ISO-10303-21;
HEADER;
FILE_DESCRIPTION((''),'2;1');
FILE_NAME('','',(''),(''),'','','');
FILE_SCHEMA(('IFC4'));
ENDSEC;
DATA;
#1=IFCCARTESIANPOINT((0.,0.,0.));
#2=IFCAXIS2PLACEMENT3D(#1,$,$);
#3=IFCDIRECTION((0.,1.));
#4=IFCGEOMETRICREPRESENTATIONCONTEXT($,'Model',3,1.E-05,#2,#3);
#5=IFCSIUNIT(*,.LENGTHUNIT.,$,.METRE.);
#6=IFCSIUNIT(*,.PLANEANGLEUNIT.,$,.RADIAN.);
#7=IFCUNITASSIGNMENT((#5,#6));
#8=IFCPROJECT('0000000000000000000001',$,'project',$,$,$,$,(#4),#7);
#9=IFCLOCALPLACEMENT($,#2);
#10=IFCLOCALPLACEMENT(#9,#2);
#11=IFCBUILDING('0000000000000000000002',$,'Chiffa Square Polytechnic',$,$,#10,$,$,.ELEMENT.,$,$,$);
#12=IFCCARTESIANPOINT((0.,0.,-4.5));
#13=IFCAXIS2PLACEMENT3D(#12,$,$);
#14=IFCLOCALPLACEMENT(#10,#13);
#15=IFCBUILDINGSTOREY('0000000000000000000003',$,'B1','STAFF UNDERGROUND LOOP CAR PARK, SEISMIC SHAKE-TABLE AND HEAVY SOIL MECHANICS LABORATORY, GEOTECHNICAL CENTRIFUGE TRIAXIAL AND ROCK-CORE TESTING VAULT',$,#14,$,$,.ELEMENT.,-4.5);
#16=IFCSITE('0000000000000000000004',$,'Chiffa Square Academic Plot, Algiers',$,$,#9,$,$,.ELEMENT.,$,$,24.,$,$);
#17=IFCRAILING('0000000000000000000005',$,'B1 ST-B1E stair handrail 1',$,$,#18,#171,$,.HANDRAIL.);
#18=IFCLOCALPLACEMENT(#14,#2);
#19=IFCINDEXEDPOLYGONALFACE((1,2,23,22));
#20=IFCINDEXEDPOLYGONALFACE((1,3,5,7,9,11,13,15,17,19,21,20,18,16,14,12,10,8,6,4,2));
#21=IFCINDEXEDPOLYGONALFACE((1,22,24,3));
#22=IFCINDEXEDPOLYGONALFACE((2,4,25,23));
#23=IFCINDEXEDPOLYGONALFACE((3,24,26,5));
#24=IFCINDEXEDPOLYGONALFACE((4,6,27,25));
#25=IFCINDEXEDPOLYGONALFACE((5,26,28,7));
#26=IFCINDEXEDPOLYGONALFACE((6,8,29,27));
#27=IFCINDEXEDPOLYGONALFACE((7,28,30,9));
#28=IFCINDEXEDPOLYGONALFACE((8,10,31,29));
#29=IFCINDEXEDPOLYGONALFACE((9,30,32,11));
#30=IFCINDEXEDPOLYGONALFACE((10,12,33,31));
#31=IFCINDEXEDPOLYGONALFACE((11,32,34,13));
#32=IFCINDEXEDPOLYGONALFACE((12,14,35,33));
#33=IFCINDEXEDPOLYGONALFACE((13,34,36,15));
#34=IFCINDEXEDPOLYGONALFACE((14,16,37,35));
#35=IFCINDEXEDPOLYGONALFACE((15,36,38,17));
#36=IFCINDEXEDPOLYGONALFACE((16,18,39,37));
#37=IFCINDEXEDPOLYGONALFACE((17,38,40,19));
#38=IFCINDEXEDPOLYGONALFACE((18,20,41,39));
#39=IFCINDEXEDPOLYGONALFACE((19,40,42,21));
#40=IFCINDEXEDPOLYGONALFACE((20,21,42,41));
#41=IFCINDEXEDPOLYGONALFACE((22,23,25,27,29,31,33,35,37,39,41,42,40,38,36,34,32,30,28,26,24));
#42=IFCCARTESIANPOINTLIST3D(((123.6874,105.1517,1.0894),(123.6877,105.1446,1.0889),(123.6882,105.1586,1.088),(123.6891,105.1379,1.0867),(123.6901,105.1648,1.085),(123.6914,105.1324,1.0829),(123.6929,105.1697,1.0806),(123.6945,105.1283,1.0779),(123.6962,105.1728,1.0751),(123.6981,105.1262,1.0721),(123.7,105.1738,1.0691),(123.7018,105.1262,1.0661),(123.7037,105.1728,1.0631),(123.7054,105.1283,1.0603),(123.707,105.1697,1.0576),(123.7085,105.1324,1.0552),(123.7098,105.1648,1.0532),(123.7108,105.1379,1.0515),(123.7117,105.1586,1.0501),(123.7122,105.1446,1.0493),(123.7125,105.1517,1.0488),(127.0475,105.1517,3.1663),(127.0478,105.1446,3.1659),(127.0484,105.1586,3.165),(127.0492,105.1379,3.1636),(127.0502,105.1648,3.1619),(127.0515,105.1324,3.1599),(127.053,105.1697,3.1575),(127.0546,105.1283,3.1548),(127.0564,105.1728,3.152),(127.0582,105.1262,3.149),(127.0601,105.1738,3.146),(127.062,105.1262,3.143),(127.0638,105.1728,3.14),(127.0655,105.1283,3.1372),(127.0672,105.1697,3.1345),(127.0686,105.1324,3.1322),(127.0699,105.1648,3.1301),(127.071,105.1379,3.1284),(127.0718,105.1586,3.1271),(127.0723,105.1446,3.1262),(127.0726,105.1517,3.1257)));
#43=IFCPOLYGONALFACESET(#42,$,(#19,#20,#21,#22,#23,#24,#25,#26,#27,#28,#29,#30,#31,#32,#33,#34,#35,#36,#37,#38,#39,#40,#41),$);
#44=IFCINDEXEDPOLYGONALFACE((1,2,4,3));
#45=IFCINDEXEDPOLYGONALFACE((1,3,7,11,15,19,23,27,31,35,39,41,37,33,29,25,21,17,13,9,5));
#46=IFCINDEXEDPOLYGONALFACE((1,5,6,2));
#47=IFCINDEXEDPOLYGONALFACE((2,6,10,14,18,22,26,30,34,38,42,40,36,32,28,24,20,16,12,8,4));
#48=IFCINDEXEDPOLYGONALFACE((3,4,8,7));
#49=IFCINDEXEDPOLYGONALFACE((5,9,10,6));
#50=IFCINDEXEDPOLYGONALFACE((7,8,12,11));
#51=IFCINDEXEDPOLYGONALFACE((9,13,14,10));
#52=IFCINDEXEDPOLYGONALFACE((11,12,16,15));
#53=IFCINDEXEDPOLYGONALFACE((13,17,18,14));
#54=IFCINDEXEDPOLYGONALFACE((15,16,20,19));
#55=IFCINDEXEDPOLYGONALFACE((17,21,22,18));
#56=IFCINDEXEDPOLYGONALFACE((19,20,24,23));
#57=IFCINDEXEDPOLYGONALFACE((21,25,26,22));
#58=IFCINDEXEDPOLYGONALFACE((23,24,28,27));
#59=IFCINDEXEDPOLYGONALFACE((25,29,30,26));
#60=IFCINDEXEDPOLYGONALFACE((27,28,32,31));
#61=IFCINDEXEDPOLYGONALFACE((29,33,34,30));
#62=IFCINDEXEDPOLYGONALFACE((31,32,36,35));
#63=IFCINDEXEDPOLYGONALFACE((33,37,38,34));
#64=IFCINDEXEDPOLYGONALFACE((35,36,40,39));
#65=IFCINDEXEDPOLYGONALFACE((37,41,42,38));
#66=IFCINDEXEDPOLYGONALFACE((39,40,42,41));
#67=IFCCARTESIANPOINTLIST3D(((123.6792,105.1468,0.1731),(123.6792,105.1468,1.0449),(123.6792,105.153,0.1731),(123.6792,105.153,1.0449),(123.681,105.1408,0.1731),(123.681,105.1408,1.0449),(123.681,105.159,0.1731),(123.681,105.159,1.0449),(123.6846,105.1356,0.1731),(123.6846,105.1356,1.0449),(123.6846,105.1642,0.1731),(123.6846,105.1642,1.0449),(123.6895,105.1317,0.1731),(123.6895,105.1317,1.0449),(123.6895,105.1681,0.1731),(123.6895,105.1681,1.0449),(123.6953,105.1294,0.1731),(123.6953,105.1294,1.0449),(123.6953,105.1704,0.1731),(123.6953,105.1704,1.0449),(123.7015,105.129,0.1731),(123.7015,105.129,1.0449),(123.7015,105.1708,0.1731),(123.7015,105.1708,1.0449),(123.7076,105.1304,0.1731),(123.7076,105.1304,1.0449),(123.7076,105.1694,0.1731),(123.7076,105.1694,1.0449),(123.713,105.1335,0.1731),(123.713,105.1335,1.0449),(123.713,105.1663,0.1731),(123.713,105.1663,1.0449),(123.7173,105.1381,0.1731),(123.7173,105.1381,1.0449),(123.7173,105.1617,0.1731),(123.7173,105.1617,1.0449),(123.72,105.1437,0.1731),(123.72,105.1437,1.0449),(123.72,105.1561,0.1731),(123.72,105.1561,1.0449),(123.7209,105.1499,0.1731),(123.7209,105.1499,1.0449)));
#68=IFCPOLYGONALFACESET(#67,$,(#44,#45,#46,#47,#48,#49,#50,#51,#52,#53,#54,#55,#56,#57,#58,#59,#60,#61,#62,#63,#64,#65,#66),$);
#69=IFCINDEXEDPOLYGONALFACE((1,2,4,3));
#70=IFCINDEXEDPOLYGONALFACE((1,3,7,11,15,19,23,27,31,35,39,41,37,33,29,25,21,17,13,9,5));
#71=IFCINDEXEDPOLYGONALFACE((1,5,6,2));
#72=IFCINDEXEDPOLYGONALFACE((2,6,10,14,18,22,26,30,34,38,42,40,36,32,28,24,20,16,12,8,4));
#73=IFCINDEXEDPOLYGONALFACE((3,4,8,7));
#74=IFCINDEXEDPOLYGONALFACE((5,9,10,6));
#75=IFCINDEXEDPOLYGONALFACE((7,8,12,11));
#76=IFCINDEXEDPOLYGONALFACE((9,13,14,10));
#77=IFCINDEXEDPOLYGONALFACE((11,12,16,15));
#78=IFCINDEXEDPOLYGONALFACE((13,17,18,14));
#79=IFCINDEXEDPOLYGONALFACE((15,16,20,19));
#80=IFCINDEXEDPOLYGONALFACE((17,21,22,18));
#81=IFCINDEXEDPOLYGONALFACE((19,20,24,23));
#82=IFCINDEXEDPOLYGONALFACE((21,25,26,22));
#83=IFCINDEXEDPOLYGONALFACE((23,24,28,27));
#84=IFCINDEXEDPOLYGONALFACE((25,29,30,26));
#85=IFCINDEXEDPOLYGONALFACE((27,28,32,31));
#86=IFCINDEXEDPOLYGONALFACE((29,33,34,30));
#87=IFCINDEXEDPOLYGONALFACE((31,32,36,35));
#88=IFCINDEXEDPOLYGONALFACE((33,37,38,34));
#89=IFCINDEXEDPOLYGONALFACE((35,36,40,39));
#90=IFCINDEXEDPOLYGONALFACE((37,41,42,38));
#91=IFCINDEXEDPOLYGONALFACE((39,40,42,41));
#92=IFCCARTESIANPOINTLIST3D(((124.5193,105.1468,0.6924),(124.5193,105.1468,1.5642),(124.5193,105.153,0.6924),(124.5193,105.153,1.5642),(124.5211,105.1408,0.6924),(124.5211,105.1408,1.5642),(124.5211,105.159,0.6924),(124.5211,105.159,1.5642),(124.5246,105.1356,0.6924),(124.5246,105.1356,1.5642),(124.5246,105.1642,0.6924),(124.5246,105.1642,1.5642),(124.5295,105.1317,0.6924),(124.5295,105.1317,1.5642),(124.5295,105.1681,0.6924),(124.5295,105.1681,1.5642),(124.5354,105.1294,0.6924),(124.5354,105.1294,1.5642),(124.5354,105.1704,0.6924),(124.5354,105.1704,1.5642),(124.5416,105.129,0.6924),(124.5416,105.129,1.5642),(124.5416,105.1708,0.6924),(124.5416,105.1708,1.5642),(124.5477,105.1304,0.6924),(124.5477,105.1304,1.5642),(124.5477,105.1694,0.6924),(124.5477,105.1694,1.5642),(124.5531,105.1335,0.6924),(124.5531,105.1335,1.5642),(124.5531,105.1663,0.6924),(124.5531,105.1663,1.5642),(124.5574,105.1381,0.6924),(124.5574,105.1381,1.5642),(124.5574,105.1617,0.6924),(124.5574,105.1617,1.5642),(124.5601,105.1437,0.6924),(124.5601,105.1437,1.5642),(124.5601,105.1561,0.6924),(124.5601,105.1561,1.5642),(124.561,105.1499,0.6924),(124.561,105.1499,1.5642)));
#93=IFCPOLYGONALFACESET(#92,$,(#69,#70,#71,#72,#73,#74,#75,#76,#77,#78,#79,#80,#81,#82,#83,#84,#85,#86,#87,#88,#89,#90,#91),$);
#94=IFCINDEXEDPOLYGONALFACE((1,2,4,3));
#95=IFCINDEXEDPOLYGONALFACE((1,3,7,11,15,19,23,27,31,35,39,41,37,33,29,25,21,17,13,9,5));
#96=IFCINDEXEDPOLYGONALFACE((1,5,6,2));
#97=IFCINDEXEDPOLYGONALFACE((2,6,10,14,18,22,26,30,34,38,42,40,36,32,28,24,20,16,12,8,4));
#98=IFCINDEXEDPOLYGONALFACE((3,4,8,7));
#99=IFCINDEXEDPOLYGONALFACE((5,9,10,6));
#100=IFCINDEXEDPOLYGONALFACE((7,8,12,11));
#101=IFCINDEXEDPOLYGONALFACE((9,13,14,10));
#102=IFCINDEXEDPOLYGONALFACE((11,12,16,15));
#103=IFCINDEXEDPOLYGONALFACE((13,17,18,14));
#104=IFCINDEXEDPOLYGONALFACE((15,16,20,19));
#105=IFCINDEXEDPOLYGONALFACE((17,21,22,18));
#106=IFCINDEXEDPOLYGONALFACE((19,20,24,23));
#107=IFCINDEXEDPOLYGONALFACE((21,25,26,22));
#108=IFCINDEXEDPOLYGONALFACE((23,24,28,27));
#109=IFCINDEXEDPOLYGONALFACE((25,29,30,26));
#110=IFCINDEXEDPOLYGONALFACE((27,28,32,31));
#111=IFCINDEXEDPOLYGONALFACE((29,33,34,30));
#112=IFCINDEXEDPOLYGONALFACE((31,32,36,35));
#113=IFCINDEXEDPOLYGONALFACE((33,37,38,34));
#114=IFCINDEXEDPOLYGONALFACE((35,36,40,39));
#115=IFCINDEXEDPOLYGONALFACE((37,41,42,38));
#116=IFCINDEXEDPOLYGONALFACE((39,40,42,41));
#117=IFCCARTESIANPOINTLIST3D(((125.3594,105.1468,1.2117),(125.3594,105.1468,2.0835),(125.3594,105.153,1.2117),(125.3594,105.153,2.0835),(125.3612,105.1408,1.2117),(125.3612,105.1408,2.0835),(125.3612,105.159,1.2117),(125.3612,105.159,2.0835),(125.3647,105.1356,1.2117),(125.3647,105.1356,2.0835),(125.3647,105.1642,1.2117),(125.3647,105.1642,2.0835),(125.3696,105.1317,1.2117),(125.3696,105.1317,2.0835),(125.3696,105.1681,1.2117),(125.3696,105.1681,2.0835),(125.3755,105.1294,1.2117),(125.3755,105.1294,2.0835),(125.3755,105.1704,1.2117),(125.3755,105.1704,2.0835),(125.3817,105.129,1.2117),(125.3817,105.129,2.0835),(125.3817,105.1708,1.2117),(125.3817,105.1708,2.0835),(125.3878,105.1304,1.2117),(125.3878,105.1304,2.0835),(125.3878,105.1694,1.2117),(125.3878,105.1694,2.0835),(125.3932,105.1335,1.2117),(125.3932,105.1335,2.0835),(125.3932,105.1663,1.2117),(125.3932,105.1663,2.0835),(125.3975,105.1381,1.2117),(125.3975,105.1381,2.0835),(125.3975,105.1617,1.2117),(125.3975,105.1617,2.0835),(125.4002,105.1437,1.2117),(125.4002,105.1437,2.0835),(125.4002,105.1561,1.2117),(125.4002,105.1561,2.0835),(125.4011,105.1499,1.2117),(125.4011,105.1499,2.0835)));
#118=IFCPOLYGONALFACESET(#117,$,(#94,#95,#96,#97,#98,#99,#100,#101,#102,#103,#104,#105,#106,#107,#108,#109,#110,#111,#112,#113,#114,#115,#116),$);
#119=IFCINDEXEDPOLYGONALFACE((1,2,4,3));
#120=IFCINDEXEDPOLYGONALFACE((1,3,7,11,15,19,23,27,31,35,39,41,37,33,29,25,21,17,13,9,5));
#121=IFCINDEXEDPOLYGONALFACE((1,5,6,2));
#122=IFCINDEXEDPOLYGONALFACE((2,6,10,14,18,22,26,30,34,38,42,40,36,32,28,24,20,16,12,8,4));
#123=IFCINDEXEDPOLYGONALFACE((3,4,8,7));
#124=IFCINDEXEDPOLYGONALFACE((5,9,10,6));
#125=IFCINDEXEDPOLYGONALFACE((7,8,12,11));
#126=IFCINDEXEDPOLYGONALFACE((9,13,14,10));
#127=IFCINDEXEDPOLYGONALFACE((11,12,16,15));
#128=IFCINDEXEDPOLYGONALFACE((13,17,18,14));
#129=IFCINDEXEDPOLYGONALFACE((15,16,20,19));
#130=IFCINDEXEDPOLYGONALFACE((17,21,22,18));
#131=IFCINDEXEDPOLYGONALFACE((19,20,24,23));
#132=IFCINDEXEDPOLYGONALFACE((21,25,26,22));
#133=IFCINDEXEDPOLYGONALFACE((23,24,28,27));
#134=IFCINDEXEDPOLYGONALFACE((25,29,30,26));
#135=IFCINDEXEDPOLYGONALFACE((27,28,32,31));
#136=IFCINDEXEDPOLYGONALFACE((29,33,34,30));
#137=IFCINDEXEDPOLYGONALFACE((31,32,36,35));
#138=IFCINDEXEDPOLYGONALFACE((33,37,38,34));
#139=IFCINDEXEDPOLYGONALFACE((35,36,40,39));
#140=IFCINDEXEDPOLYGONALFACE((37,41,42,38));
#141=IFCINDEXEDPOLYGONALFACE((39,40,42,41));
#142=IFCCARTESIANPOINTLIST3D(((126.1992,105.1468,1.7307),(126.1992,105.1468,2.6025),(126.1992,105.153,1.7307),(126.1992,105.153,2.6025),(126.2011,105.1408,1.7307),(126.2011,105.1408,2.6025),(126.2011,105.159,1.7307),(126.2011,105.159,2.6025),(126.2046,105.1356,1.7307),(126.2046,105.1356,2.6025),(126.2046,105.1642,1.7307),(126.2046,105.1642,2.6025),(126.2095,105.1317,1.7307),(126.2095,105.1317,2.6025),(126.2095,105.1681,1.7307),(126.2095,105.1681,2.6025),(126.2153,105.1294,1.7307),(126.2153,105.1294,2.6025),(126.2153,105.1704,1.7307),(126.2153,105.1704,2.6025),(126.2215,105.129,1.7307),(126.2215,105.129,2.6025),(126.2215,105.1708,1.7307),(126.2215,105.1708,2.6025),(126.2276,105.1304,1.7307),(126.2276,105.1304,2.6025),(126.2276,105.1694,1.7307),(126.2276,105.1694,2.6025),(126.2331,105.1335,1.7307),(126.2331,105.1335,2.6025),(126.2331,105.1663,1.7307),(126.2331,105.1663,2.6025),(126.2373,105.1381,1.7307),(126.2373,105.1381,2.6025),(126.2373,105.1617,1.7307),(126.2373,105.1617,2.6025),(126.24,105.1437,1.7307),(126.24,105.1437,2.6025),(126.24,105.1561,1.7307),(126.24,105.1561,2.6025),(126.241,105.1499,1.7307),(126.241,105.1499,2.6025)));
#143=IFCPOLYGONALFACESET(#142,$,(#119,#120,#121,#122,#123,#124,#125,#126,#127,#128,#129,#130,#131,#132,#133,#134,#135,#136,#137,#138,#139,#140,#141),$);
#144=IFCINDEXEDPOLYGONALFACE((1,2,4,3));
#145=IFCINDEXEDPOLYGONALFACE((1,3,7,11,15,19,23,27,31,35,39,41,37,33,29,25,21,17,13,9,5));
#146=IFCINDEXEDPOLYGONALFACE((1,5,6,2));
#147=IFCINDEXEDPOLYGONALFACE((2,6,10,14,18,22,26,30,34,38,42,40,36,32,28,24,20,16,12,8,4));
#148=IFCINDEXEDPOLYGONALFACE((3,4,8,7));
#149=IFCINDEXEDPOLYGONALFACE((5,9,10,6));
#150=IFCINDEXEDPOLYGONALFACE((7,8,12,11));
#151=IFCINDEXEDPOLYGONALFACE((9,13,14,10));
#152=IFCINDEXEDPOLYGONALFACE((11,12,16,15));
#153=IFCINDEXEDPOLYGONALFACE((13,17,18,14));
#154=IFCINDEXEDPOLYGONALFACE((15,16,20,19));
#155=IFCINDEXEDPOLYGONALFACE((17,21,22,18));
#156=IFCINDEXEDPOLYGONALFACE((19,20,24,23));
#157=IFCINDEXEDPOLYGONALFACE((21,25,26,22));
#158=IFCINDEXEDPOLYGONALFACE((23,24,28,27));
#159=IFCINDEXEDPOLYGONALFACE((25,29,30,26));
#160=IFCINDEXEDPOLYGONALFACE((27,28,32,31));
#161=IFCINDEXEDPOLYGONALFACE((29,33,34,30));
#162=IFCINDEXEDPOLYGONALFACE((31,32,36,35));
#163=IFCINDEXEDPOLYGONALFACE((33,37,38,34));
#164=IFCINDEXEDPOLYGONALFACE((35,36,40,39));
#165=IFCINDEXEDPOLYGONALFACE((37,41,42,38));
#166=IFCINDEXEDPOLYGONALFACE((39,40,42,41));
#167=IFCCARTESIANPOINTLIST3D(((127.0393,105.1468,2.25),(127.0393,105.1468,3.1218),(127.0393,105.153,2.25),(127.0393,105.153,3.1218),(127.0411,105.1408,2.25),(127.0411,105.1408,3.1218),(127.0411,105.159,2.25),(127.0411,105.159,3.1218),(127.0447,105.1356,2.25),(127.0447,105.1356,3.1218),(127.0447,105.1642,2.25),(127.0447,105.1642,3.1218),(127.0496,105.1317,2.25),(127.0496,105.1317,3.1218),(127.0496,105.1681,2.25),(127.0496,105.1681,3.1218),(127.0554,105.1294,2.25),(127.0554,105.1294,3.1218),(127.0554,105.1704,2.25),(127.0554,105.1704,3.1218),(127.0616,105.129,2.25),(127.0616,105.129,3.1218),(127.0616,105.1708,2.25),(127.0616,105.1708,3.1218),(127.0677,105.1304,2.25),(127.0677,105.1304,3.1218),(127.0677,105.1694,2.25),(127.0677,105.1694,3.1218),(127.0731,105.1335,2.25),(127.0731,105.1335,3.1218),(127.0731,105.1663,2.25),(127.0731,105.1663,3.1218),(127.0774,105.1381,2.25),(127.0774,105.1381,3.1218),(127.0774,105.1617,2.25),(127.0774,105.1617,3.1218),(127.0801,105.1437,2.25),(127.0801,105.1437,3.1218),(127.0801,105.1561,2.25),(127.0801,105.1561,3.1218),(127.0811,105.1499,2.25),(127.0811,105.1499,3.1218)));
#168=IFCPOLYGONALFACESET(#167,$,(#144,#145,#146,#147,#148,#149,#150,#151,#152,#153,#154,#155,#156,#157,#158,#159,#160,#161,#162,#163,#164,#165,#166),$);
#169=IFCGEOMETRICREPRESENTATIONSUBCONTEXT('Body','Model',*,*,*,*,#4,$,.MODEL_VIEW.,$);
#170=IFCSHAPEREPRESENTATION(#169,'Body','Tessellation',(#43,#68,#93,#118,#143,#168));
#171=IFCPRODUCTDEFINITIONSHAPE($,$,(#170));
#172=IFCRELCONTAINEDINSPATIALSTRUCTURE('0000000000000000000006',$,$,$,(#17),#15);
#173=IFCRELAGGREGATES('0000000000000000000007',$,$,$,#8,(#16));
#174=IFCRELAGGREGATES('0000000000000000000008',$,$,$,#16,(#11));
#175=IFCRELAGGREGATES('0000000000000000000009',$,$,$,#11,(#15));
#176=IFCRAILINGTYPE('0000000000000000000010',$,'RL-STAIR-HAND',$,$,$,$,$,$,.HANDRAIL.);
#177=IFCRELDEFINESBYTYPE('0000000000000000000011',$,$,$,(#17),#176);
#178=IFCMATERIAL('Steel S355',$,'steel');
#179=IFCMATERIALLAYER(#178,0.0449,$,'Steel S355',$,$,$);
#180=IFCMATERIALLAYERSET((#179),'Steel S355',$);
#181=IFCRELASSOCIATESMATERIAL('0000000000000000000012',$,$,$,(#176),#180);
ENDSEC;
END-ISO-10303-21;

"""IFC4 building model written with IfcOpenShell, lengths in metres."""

from ifc_helpers import new_model, si_unit, direction, frame, origin, origin_2d, place, context, subcontext, project, spatial, circle, extrude, material, layer, layer_set, type_object, element, save


model = new_model("IFC4")

# Units and contexts
model_context = context("Model", 3, precision=1e-05, world=origin(), true_north=direction((0.0, 1.0)))
body_context = subcontext(model_context, "Body", "Model", "MODEL_VIEW")
ifc_project = project(units=[si_unit("LENGTHUNIT", "METRE"), si_unit("PLANEANGLEUNIT", "RADIAN")], contexts=[model_context])

# Site, building, storey
site_placement = place(None, origin())
site = spatial("IfcSite", under=ifc_project, at=site_placement, Name="Chiffa Square Academic Plot, Algiers", CompositionType="ELEMENT", RefElevation=24.0)
building_placement = place(site_placement, origin())
building = spatial("IfcBuilding", under=site, at=building_placement, Name="Chiffa Square Polytechnic", CompositionType="ELEMENT")
storey_placement = place(building_placement, frame((0.0, 0.0, -4.5)))
storey = spatial("IfcBuildingStorey", under=building, at=storey_placement, Name="B1", Description="STAFF UNDERGROUND LOOP CAR PARK, SEISMIC SHAKE-TABLE AND HEAVY SOIL MECHANICS LABORATORY, GEOTECHNICAL CENTRIFUGE TRIAXIAL AND ROCK-CORE TESTING VAULT", CompositionType="ELEMENT", Elevation=-4.5)

# Railing
ifc_material_1 = material(Name="Steel S355", Category="steel")
ifc_layer_1 = layer(ifc_material_1, 0.0449, Name="Steel S355")
ifc_layer_set_1 = layer_set([ifc_layer_1], Name="Steel S355")
railing_type_1 = type_object("IfcRailingType", Name="RL-STAIR-HAND", PredefinedType="HANDRAIL", material=ifc_layer_set_1)
railing_1_placement = place(storey_placement, frame((123.7, 105.1499, 0.1731)))
element("IfcRailing", 1, at=railing_1_placement, inside=storey, type_object=railing_type_1, Name="B1 ST-B1E stair handrail 1", PredefinedType="HANDRAIL", context=body_context, shape_type="SweptSolid", body=[
    extrude(circle(Radius=0.0239, at=origin_2d()), frame((0.0, 0.0, 0.896), z_axis=(0.850623, 0.0, 0.525776), x_axis=(0.0, 1.0, 0.0)), (0.0, 0.0, 1.0), 3.9502),
    extrude(circle(Radius=0.021, at=origin_2d()), origin(), (0.0, 0.0, 1.0), 0.8718),
    extrude(circle(Radius=0.021, at=origin_2d()), frame((0.8401, 0.0, 0.5193)), (0.0, 0.0, 1.0), 0.8718),
    extrude(circle(Radius=0.021, at=origin_2d()), frame((1.6802, 0.0, 1.0386)), (0.0, 0.0, 1.0), 0.8718),
    extrude(circle(Radius=0.021, at=origin_2d()), frame((2.52, 0.0, 1.5576)), (0.0, 0.0, 1.0), 0.8718),
    extrude(circle(Radius=0.021, at=origin_2d()), frame((3.3601, 0.0, 2.0769)), (0.0, 0.0, 1.0), 0.8718),
])

save(model, "model.ifc")
